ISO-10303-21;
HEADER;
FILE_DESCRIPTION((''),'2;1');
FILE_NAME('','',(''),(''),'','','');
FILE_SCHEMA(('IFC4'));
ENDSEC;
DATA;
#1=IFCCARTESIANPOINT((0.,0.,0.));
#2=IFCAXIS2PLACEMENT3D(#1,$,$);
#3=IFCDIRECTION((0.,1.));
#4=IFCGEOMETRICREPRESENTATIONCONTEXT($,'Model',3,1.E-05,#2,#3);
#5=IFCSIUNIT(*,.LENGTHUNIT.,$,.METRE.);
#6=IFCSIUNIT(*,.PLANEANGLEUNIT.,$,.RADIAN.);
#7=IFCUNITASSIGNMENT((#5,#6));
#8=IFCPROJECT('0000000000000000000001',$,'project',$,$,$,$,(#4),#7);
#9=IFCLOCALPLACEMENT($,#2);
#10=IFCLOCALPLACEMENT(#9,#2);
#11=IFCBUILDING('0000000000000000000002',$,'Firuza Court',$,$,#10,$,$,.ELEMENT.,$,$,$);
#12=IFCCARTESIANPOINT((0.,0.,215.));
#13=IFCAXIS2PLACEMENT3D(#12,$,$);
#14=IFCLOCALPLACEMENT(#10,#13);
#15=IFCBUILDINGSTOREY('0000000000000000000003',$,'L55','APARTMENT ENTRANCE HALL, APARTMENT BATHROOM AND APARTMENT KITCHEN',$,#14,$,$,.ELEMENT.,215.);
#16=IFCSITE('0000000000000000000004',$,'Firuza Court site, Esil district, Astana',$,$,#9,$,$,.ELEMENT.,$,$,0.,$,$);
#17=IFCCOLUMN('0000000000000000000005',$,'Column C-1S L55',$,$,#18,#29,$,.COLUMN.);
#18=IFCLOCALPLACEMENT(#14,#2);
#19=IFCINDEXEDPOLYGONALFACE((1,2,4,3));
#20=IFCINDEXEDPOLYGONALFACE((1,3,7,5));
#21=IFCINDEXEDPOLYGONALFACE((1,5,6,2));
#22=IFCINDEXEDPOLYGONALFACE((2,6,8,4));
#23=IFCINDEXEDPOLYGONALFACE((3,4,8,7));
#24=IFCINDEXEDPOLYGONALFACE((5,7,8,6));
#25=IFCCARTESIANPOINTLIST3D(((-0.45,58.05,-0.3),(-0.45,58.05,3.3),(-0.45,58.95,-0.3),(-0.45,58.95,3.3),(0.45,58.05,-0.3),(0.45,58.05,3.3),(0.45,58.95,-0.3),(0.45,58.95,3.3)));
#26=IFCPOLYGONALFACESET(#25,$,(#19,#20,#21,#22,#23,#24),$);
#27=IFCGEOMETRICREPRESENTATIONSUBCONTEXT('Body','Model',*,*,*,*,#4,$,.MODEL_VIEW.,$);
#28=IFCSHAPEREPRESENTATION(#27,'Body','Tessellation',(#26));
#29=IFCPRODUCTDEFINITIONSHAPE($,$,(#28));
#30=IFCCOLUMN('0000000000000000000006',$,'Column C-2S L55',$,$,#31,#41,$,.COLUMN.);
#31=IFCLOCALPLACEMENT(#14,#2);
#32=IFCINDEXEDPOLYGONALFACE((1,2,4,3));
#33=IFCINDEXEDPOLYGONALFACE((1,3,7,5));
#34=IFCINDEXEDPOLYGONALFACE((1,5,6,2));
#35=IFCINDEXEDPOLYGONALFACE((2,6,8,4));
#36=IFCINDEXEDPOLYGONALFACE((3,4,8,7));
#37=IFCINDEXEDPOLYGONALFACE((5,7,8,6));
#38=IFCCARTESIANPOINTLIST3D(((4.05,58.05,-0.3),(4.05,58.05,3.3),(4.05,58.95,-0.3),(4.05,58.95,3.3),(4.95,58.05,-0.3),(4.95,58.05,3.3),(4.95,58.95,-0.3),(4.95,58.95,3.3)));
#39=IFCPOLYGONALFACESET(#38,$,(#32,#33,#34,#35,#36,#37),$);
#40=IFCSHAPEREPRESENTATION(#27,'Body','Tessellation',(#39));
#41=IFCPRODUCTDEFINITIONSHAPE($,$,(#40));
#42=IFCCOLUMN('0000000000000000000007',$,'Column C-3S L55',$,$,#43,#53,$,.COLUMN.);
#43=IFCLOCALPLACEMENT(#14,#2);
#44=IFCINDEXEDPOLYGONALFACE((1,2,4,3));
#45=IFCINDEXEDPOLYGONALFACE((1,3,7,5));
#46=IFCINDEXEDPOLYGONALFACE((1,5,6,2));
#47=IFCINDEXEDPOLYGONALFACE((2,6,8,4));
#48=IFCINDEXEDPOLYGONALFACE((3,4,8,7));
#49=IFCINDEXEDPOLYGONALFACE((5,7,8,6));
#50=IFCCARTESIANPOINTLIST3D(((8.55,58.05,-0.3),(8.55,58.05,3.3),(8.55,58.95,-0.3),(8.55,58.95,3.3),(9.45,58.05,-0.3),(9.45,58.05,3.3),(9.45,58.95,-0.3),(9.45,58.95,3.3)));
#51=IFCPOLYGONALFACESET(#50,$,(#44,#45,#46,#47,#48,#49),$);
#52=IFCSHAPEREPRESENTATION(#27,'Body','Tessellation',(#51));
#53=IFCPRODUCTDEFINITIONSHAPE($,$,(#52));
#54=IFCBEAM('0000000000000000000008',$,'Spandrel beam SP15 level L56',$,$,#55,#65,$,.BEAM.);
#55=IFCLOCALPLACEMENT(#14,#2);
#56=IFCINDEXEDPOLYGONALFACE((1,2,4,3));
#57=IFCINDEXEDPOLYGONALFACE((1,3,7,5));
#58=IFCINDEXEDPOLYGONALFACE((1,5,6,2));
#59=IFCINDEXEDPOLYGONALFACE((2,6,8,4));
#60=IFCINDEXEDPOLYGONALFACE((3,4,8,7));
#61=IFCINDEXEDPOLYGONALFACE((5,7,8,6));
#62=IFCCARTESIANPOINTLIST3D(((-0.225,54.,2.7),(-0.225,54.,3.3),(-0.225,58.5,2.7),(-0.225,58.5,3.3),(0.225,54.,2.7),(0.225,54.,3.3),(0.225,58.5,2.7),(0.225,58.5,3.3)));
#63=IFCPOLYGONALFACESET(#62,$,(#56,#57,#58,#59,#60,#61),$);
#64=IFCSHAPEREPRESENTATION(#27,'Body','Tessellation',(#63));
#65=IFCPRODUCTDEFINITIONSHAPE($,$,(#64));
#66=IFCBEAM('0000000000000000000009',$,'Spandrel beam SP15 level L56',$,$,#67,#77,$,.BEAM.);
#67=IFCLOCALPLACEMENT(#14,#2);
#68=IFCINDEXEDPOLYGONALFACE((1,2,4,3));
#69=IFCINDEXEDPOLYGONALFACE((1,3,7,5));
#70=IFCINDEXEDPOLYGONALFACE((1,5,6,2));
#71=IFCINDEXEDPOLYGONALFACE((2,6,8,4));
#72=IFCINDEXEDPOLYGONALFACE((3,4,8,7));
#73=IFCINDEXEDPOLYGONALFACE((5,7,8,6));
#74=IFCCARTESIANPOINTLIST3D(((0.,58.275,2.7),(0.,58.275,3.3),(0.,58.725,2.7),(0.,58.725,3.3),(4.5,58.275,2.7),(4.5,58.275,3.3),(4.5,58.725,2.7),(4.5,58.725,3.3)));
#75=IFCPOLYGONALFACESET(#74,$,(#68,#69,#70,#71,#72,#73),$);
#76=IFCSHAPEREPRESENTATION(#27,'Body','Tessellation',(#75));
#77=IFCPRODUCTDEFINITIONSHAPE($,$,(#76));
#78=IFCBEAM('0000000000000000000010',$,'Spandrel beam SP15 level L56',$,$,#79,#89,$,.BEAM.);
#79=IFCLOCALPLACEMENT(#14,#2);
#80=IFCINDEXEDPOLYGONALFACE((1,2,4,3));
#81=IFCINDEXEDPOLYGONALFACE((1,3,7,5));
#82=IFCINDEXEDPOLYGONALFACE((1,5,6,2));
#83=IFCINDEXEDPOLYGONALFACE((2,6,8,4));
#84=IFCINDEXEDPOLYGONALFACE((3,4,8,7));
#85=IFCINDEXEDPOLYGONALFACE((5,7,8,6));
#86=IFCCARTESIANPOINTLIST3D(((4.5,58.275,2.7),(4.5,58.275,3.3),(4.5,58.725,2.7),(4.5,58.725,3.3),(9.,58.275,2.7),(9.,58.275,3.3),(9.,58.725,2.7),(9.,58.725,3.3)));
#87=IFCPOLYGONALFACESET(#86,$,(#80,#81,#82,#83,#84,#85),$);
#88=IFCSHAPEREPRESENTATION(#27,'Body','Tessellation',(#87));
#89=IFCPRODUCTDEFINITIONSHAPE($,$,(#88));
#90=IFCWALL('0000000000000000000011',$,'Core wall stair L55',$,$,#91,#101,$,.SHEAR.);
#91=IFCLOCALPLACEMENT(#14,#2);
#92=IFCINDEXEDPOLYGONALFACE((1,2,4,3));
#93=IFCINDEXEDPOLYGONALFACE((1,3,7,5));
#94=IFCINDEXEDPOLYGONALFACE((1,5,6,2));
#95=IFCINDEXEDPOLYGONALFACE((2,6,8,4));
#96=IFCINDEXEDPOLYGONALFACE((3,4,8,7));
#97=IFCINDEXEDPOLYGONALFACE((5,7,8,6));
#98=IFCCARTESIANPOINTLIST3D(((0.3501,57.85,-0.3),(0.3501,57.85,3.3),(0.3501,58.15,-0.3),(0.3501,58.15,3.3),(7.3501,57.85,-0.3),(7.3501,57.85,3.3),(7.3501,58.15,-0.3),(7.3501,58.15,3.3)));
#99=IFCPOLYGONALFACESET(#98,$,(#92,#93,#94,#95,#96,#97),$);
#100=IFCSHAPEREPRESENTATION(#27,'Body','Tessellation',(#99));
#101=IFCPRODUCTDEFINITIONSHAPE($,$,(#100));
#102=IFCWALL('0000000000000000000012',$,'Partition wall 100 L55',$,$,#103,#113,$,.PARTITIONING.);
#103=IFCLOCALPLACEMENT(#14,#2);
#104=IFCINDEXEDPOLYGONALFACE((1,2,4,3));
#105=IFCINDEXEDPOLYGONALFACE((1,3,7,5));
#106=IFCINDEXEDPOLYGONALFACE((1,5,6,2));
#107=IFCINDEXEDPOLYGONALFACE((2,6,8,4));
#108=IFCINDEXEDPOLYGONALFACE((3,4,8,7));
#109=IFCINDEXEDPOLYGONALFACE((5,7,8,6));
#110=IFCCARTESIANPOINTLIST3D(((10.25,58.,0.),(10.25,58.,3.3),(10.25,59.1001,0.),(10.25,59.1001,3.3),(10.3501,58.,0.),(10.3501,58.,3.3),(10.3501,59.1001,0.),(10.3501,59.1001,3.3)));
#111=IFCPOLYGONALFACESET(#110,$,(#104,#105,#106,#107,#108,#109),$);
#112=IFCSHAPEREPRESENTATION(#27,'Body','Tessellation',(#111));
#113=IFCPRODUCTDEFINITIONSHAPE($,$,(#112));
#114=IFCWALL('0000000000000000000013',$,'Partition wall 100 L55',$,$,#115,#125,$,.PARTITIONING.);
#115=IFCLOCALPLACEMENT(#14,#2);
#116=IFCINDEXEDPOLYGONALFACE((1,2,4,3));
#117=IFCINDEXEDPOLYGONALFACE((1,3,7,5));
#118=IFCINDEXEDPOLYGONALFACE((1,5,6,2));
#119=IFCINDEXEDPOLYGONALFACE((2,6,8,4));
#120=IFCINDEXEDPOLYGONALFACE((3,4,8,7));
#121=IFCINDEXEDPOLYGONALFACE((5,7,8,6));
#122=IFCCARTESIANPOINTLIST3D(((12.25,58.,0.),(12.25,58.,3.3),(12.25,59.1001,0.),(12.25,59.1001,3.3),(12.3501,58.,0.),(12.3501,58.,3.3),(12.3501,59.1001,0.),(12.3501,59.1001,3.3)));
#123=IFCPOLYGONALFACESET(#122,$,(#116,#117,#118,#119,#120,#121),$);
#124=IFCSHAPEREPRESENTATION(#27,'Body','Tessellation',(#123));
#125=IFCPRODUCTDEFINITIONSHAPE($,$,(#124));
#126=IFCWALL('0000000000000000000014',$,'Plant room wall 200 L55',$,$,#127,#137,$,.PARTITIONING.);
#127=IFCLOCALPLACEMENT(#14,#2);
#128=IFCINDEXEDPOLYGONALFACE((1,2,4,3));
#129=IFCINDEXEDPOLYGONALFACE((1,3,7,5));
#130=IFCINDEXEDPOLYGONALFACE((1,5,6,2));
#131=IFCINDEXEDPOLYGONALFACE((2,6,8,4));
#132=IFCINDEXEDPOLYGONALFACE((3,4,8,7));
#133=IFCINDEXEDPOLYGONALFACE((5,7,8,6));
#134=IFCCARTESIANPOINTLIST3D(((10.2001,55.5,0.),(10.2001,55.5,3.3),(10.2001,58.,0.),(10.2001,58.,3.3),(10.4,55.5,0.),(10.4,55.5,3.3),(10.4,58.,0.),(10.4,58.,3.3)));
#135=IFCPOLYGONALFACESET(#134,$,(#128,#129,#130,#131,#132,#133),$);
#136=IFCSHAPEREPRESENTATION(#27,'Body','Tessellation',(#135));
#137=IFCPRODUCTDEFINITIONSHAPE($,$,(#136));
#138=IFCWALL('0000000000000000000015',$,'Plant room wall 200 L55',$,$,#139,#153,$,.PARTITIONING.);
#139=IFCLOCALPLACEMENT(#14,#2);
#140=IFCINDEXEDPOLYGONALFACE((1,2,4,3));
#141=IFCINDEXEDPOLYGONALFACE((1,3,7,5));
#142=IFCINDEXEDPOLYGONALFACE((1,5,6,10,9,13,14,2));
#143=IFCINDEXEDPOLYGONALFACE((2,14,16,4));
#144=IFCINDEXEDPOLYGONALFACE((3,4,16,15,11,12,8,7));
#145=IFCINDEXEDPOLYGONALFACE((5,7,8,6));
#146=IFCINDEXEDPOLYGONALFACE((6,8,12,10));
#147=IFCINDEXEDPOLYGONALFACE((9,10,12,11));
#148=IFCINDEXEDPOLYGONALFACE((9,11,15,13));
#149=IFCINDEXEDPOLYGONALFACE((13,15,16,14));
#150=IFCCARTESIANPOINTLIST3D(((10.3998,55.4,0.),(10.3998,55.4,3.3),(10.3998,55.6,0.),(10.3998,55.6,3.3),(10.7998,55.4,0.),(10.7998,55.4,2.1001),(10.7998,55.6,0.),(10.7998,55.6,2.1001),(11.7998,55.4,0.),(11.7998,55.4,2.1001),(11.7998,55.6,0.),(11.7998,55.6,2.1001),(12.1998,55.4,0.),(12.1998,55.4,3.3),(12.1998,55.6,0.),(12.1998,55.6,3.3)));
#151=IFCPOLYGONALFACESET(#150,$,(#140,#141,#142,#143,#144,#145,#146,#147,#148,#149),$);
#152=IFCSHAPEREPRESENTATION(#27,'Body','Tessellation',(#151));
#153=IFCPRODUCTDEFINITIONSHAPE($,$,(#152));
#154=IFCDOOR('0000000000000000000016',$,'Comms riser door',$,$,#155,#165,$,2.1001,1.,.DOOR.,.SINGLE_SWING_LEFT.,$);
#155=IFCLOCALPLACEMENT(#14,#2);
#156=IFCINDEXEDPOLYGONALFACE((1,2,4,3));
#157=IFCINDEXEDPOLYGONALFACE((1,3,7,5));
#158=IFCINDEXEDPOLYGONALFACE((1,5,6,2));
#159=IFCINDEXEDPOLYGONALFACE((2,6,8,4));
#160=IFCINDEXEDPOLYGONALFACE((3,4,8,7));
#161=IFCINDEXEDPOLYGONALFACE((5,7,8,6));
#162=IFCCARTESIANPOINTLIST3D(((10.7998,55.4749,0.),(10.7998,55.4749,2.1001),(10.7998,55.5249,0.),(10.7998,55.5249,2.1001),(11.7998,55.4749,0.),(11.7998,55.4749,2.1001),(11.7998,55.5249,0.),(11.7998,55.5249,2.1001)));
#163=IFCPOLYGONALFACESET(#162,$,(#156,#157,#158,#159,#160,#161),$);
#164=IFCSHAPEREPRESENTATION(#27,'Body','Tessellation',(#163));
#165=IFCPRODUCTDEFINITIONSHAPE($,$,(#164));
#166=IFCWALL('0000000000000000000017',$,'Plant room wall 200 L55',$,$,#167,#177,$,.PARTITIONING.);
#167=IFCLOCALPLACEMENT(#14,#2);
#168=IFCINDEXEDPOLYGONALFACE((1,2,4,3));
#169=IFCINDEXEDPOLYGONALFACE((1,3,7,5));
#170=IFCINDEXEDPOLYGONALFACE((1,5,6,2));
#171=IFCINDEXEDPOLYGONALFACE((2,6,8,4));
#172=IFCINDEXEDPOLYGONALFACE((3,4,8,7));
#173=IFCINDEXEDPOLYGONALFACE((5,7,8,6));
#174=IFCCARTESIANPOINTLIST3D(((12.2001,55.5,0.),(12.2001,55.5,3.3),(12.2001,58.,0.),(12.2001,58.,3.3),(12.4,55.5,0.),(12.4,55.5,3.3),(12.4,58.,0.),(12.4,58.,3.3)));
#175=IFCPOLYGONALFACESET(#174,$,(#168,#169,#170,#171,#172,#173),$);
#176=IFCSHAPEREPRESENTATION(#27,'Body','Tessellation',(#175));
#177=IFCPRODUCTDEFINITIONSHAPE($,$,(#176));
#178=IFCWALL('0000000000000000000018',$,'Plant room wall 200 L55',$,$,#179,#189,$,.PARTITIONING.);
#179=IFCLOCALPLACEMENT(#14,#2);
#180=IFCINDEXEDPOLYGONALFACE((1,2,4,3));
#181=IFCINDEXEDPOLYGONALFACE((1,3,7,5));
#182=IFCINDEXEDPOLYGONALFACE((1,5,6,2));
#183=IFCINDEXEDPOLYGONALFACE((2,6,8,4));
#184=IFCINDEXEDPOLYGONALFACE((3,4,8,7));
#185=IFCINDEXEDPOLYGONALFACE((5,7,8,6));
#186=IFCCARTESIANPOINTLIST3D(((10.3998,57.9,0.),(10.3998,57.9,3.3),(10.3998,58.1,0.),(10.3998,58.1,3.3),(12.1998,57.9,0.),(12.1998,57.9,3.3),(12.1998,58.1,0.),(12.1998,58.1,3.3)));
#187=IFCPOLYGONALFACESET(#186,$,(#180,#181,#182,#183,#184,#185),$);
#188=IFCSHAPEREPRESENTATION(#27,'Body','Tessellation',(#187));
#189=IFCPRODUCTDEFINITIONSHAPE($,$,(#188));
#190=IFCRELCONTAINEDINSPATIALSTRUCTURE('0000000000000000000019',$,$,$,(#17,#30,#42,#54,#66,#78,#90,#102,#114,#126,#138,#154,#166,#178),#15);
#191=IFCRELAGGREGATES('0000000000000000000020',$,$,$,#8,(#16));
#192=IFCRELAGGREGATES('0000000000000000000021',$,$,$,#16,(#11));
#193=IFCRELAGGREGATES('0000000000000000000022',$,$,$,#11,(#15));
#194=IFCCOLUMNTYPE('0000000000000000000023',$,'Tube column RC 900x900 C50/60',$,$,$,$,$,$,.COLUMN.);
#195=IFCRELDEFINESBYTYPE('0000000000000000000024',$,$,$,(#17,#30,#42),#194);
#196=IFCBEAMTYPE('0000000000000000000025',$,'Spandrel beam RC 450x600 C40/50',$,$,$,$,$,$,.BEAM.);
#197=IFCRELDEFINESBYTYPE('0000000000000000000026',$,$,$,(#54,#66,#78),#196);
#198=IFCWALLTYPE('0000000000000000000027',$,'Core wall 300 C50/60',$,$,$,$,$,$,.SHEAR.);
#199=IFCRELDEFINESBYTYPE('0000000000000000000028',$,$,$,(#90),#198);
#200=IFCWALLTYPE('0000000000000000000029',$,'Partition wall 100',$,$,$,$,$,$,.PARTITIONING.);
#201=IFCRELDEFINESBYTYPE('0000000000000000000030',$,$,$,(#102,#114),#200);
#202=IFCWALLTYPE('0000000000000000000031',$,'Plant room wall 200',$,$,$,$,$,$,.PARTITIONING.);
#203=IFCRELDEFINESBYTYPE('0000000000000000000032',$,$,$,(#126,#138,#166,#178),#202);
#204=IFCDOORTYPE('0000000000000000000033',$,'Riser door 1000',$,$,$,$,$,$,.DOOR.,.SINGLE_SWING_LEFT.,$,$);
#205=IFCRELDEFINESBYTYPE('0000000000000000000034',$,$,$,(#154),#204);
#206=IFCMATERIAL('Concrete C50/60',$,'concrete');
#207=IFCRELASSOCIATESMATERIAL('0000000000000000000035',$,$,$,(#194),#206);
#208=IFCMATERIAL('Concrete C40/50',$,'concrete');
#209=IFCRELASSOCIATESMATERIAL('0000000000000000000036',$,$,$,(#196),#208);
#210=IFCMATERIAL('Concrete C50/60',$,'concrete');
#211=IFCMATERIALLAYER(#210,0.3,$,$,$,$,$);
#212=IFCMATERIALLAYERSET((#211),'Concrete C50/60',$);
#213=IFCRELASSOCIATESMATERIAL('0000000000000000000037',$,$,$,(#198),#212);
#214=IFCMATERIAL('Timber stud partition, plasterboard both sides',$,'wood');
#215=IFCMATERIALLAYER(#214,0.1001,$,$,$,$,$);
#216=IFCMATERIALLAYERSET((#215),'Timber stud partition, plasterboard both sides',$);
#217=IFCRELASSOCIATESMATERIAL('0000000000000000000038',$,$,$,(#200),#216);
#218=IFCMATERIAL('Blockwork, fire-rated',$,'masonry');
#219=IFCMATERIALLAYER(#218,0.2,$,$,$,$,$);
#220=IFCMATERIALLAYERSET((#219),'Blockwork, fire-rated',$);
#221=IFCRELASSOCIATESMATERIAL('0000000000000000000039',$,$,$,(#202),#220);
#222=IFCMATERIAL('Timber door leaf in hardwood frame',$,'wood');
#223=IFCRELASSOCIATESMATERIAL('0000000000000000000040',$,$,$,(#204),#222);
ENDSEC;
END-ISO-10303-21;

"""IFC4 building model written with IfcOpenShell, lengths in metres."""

from ifc_helpers import new_model, si_unit, direction, frame, frame_2d, origin, origin_2d, place, context, subcontext, project, spatial, rectangle, extrude, material, layer, layer_set, material_profile, profile_set, type_object, element, fill, save


model = new_model("IFC4")

# Units and contexts
model_context = context("Model", 3, precision=1e-05, world=origin(), true_north=direction((0.0, 1.0)))
body_context = subcontext(model_context, "Body", "Model", "MODEL_VIEW")
ifc_project = project(units=[si_unit("LENGTHUNIT", "METRE"), si_unit("PLANEANGLEUNIT", "RADIAN")], contexts=[model_context])

# Site, building, storey
site_placement = place(None, origin())
site = spatial("IfcSite", under=ifc_project, at=site_placement, Name="Firuza Court site, Esil district, Astana", CompositionType="ELEMENT", RefElevation=0.0)
building_placement = place(site_placement, origin())
building = spatial("IfcBuilding", under=site, at=building_placement, Name="Firuza Court", CompositionType="ELEMENT")
storey_placement = place(building_placement, frame((0.0, 0.0, 215.0)))
storey = spatial("IfcBuildingStorey", under=building, at=storey_placement, Name="L55", Description="APARTMENT ENTRANCE HALL, APARTMENT BATHROOM AND APARTMENT KITCHEN", CompositionType="ELEMENT", Elevation=215.0)

# Columns
ifc_material_1 = material(Name="Concrete C50/60", Category="concrete")
ifc_material_profile_1 = material_profile(ifc_material_1, rectangle(XDim=0.8999, YDim=0.8999, at=origin_2d()), Name="RC 900x900")
ifc_profile_set_1 = profile_set([ifc_material_profile_1], Name="Concrete C50/60")
column_type = type_object("IfcColumnType", Name="Tube column RC 900x900 C50/60", PredefinedType="COLUMN", material=ifc_profile_set_1)
for number, where, z_axis, x_axis, name in (
    (1, (0.0, 58.5, -0.3), (0.0, 0.0, 1.0), (1.0, 0.0, 0.0), "Column C-1S L55"),
    (2, (4.5, 58.5, -0.3), (0.0, 0.0, 1.0), (1.0, 0.0, 0.0), "Column C-2S L55"),
    (3, (9.0, 58.5, -0.3), (0.0, 0.0, 1.0), (1.0, 0.0, 0.0), "Column C-3S L55"),
):
    element("IfcColumn", number, at=place(storey_placement, frame(where, z_axis=z_axis, x_axis=x_axis)), inside=storey, type_object=column_type, Name=name, PredefinedType="COLUMN", context=body_context, shape_type="SweptSolid", body=[
        extrude(rectangle(XDim=0.8999, YDim=0.8999, at=origin_2d()), origin(), (0.0, 0.0, 1.0), 3.6001),
    ])

# Beams
ifc_material_2 = material(Name="Concrete C40/50", Category="concrete")
ifc_material_profile_2 = material_profile(ifc_material_2, rectangle(XDim=0.45, YDim=0.6001, at=origin_2d()), Name="RC 450x600")
ifc_profile_set_2 = profile_set([ifc_material_profile_2], Name="Concrete C40/50")
beam_type = type_object("IfcBeamType", Name="Spandrel beam RC 450x600 C40/50", PredefinedType="BEAM", material=ifc_profile_set_2)
for number, where, z_axis, x_axis, name in (
    (4, (0.0, 58.5, 3.0), (0.0, -1.0, 0.0), (1.0, 0.0, 0.0), "Spandrel beam SP15 level L56"),
    (5, (4.5, 58.5, 3.0), (-1.0, 0.0, 0.0), (0.0, -1.0, 0.0), "Spandrel beam SP15 level L56"),
    (6, (9.0, 58.5, 3.0), (-1.0, 0.0, 0.0), (0.0, -1.0, 0.0), "Spandrel beam SP15 level L56"),
):
    element("IfcBeam", number, at=place(storey_placement, frame(where, z_axis=z_axis, x_axis=x_axis)), inside=storey, type_object=beam_type, Name=name, PredefinedType="BEAM", context=body_context, shape_type="SweptSolid", body=[
        extrude(rectangle(XDim=0.45, YDim=0.6001, at=origin_2d()), origin(), (0.0, 0.0, 1.0), 4.5),
    ])

# Walls
ifc_material_3 = material(Name="Concrete C50/60", Category="concrete")
ifc_layer_1 = layer(ifc_material_3, 0.3)
ifc_layer_set_1 = layer_set([ifc_layer_1], Name="Concrete C50/60")
wall_type_1 = type_object("IfcWallType", Name="Core wall 300 C50/60", PredefinedType="SHEAR", material=ifc_layer_set_1)
wall_1_placement = place(storey_placement, frame((0.3501, 58.0, -0.3), z_axis=(0.0, 0.0, 1.0), x_axis=(1.0, 0.0, 0.0)))
element("IfcWall", 7, at=wall_1_placement, inside=storey, type_object=wall_type_1, Name="Core wall stair L55", PredefinedType="SHEAR", context=body_context, shape_type="SweptSolid", body=[
    extrude(rectangle(XDim=7.0, YDim=0.3, at=frame_2d((3.5, 0.0))), origin(), (0.0, 0.0, 1.0), 3.6001),
])
ifc_material_4 = material(Name="Timber stud partition, plasterboard both sides", Category="wood")
ifc_layer_2 = layer(ifc_material_4, 0.1001)
ifc_layer_set_2 = layer_set([ifc_layer_2], Name="Timber stud partition, plasterboard both sides")
wall_type_2 = type_object("IfcWallType", Name="Partition wall 100", PredefinedType="PARTITIONING", material=ifc_layer_set_2)
for number, where, z_axis, x_axis, name in (
    (8, (10.3, 58.0, 0.0), (0.0, 0.0, 1.0), (0.0, 1.0, 0.0), "Partition wall 100 L55"),
    (9, (12.3, 58.0, 0.0), (0.0, 0.0, 1.0), (0.0, 1.0, 0.0), "Partition wall 100 L55"),
):
    element("IfcWall", number, at=place(storey_placement, frame(where, z_axis=z_axis, x_axis=x_axis)), inside=storey, type_object=wall_type_2, Name=name, PredefinedType="PARTITIONING", context=body_context, shape_type="SweptSolid", body=[
        extrude(rectangle(XDim=1.1001, YDim=0.1001, at=frame_2d((0.55, 0.0))), origin(), (0.0, 0.0, 1.0), 3.3),
    ])
ifc_material_5 = material(Name="Blockwork, fire-rated", Category="masonry")
ifc_layer_3 = layer(ifc_material_5, 0.2)
ifc_layer_set_3 = layer_set([ifc_layer_3], Name="Blockwork, fire-rated")
wall_type_3 = type_object("IfcWallType", Name="Plant room wall 200", PredefinedType="PARTITIONING", material=ifc_layer_set_3)
wall_2_placement = place(storey_placement, frame((10.3, 55.5, 0.0), z_axis=(0.0, 0.0, 1.0), x_axis=(0.0, 1.0, 0.0)))
element("IfcWall", 10, at=wall_2_placement, inside=storey, type_object=wall_type_3, Name="Plant room wall 200 L55", PredefinedType="PARTITIONING", context=body_context, shape_type="SweptSolid", body=[
    extrude(rectangle(XDim=2.5, YDim=0.2, at=frame_2d((1.25, 0.0))), origin(), (0.0, 0.0, 1.0), 3.3),
])

# Wall, opening, door
wall_3_placement = place(storey_placement, frame((10.3999, 55.5, 0.0), z_axis=(0.0, 0.0, 1.0), x_axis=(1.0, 0.0, 0.0)))
wall_3 = element("IfcWall", 11, at=wall_3_placement, inside=storey, type_object=wall_type_3, Name="Plant room wall 200 L55", PredefinedType="PARTITIONING", context=body_context, shape_type="SweptSolid", body=[
    extrude(rectangle(XDim=1.8, YDim=0.2, at=frame_2d((0.8999, 0.0))), origin(), (0.0, 0.0, 1.0), 3.3),
])
opening_placement = place(wall_3_placement, frame((0.3999, 0.0, 0.0)))
opening = element("IfcOpeningElement", 12, at=opening_placement, cuts=wall_3, PredefinedType="OPENING", context=body_context, shape_type="SweptSolid", body=[
    extrude(rectangle(XDim=1.0, YDim=2.1001, at=frame_2d((0.5, 1.05))), frame((0.0, 0.1118, 0.0), z_axis=(0.0, -1.0, 0.0), x_axis=(1.0, 0.0, 0.0)), (0.0, 0.0, 1.0), 0.2239),
])
ifc_material_6 = material(Name="Timber door leaf in hardwood frame", Category="wood")
door_type = type_object("IfcDoorType", Name="Riser door 1000", OperationType="SINGLE_SWING_LEFT", PredefinedType="DOOR", material=ifc_material_6)
door_placement = place(opening_placement, origin())
door = element("IfcDoor", 13, at=door_placement, inside=storey, type_object=door_type, Name="Comms riser door", OperationType="SINGLE_SWING_LEFT", OverallHeight=2.1001, OverallWidth=1.0, PredefinedType="DOOR", context=body_context, shape_type="SweptSolid", body=[
    extrude(rectangle(XDim=1.0, YDim=2.1001, at=frame_2d((0.5, 1.05))), frame((0.0, 0.0249, 0.0), z_axis=(0.0, -1.0, 0.0), x_axis=(1.0, 0.0, 0.0)), (0.0, 0.0, 1.0), 0.05),
])
fill(opening, door)

# Walls
wall_4_placement = place(storey_placement, frame((12.3, 55.5, 0.0), z_axis=(0.0, 0.0, 1.0), x_axis=(0.0, 1.0, 0.0)))
element("IfcWall", 14, at=wall_4_placement, inside=storey, type_object=wall_type_3, Name="Plant room wall 200 L55", PredefinedType="PARTITIONING", context=body_context, shape_type="SweptSolid", body=[
    extrude(rectangle(XDim=2.5, YDim=0.2, at=frame_2d((1.25, 0.0))), origin(), (0.0, 0.0, 1.0), 3.3),
])
wall_5_placement = place(storey_placement, frame((10.3999, 58.0, 0.0), z_axis=(0.0, 0.0, 1.0), x_axis=(1.0, 0.0, 0.0)))
element("IfcWall", 15, at=wall_5_placement, inside=storey, type_object=wall_type_3, Name="Plant room wall 200 L55", PredefinedType="PARTITIONING", context=body_context, shape_type="SweptSolid", body=[
    extrude(rectangle(XDim=1.8, YDim=0.2, at=frame_2d((0.8999, 0.0))), origin(), (0.0, 0.0, 1.0), 3.3),
])

save(model, "model.ifc")
